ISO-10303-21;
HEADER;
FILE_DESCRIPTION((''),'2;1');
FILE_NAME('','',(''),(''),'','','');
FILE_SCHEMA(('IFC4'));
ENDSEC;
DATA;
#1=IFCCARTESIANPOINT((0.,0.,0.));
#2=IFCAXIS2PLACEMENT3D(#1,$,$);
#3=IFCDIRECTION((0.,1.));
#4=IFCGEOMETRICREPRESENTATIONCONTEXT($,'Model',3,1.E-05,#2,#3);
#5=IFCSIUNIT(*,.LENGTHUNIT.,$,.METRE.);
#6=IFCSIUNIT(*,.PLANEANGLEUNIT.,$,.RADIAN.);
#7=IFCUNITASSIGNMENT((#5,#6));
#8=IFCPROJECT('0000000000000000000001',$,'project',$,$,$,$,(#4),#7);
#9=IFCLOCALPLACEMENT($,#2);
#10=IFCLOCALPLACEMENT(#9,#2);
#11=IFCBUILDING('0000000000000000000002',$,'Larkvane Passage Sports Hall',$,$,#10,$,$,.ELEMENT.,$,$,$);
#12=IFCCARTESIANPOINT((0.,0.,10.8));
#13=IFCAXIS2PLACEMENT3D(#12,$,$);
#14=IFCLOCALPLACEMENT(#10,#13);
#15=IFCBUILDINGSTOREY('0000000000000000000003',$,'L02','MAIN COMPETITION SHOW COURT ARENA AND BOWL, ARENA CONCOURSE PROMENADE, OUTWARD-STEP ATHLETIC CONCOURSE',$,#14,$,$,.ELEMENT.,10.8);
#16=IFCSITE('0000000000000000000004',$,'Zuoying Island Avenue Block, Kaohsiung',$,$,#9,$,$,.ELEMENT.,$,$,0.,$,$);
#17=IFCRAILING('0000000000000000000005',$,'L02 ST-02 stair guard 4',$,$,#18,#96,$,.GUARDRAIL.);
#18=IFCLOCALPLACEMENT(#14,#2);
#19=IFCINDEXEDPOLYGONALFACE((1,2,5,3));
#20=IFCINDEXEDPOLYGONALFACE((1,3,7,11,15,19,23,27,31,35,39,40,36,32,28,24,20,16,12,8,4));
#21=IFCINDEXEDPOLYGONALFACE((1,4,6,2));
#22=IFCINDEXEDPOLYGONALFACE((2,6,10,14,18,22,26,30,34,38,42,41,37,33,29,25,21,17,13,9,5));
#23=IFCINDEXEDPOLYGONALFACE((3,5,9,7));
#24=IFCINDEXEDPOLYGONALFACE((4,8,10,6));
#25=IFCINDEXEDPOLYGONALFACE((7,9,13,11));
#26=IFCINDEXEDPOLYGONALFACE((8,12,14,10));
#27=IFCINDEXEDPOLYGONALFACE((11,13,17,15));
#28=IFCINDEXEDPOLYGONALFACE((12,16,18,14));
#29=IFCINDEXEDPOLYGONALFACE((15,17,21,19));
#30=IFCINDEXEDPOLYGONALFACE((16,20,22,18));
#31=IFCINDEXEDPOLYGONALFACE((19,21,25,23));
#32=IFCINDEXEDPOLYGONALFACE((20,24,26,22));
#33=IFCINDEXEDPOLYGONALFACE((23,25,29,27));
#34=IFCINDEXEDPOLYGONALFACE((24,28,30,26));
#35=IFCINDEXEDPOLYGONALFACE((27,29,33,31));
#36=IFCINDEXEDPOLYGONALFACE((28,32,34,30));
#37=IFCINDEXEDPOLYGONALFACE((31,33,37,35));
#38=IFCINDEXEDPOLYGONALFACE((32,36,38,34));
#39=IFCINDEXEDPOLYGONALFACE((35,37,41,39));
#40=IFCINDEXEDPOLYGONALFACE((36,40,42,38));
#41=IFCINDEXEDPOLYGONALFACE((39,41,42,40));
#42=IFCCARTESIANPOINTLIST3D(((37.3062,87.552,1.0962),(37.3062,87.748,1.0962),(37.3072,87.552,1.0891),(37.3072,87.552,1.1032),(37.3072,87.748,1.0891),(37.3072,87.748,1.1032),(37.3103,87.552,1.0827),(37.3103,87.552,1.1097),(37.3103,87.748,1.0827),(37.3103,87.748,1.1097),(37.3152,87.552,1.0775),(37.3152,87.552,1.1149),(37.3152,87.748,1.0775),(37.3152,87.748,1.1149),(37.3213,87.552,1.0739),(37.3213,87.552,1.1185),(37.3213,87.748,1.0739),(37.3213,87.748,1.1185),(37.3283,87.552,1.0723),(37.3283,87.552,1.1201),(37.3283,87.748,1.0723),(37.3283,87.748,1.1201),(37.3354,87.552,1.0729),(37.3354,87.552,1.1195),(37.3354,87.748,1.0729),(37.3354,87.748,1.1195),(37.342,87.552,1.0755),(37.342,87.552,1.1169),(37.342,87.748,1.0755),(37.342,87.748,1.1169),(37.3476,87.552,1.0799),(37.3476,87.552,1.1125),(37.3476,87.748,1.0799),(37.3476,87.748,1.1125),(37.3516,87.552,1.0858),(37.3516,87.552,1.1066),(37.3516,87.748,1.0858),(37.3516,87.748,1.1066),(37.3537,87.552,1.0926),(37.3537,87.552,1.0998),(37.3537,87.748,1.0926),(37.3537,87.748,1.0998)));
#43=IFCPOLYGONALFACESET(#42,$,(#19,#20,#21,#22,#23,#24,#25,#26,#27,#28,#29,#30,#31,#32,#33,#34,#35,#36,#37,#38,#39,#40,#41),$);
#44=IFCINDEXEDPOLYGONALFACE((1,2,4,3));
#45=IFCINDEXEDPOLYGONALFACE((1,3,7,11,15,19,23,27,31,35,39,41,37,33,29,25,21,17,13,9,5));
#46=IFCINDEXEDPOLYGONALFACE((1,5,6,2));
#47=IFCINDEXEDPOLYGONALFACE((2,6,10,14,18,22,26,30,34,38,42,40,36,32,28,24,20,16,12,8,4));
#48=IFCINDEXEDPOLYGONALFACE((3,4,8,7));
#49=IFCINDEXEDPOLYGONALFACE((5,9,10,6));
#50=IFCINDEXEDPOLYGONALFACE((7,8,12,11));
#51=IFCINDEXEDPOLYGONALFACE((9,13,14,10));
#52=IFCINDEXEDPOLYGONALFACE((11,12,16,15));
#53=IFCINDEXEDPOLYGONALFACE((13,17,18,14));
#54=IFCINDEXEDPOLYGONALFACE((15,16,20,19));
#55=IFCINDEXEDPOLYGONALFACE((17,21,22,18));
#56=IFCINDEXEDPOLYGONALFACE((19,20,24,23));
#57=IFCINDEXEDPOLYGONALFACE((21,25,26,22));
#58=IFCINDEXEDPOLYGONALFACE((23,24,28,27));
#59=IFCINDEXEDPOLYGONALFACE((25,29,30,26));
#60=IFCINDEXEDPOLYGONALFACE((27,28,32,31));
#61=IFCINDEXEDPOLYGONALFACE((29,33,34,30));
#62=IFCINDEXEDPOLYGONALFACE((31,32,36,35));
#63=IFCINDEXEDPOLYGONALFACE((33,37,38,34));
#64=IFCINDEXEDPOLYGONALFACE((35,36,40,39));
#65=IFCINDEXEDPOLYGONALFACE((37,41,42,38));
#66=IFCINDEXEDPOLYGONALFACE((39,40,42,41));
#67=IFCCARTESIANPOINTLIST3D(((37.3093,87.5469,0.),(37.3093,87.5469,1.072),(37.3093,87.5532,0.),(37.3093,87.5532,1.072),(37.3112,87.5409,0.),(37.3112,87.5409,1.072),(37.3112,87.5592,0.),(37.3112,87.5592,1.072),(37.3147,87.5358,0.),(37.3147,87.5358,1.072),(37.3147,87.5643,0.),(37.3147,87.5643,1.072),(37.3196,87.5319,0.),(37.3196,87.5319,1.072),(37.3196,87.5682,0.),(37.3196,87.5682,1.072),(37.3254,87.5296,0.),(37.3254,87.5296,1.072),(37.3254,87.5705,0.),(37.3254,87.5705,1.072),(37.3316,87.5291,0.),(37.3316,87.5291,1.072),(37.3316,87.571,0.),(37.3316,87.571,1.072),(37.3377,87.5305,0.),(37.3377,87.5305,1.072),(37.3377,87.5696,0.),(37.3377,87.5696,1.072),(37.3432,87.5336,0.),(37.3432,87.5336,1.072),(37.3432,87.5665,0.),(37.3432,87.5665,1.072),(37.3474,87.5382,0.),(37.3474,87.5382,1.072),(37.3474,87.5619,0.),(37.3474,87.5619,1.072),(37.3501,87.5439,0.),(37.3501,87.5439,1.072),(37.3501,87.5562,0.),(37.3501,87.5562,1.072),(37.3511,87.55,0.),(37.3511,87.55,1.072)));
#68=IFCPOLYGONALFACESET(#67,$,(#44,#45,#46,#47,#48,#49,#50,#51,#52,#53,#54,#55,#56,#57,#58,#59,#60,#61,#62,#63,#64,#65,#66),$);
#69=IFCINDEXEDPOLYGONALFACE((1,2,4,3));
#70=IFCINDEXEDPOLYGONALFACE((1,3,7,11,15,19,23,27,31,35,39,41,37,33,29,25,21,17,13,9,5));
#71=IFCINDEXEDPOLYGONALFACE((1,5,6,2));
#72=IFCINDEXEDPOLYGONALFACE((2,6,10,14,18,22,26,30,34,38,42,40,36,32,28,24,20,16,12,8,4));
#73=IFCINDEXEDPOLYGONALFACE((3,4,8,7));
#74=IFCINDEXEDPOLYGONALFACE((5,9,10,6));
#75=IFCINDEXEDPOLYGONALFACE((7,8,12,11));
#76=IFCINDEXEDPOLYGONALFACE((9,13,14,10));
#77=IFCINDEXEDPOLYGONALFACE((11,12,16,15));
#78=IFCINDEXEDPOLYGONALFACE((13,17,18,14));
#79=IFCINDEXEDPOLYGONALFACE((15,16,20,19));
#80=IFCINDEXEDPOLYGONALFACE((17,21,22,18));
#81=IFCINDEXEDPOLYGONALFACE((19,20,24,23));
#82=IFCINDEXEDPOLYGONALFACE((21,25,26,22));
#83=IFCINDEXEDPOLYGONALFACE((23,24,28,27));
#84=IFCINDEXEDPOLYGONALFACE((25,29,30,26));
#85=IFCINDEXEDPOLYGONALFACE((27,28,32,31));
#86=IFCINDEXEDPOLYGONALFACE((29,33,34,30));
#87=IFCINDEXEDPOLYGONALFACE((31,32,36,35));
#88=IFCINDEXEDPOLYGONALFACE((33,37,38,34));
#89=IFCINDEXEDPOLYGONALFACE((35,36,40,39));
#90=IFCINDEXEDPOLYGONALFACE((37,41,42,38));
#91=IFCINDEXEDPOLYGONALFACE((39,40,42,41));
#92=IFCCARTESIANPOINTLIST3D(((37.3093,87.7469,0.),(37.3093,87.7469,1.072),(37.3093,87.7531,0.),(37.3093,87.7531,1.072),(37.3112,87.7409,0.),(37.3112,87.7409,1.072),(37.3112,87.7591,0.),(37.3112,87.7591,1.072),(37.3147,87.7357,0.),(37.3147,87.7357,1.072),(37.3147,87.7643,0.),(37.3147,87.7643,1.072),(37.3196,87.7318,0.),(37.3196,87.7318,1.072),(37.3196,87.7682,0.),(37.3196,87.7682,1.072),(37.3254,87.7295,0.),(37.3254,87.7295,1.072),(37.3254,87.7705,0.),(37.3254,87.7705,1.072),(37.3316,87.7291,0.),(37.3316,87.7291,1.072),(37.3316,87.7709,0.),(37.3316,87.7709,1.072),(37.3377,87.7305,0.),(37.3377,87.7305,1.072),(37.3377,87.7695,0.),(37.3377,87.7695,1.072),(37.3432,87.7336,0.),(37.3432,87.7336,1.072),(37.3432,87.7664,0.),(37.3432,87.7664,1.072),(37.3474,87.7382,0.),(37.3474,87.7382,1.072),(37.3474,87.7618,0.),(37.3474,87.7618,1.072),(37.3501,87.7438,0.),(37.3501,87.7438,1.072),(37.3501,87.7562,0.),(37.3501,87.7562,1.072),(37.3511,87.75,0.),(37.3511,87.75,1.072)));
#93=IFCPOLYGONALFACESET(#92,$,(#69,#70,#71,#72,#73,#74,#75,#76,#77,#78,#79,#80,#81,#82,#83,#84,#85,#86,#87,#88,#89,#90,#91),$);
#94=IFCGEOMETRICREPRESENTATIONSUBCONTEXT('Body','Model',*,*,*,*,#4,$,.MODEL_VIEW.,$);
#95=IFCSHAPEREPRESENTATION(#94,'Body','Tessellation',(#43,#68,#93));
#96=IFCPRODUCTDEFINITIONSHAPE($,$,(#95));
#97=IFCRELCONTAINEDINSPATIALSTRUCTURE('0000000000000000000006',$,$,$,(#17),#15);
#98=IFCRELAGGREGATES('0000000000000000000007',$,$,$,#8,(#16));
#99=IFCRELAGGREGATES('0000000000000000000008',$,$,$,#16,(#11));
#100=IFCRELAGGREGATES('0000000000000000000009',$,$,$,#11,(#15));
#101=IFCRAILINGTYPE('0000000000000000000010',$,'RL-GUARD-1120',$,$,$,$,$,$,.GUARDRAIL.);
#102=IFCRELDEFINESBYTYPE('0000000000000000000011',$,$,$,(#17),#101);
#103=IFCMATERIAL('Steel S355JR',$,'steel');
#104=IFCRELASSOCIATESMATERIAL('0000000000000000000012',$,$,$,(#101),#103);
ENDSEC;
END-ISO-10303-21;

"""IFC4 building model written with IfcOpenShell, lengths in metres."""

from ifc_helpers import new_model, si_unit, direction, frame, origin, origin_2d, place, context, subcontext, project, spatial, circle, extrude, material, type_object, element, save


model = new_model("IFC4")

# Units and contexts
model_context = context("Model", 3, precision=1e-05, world=origin(), true_north=direction((0.0, 1.0)))
body_context = subcontext(model_context, "Body", "Model", "MODEL_VIEW")
ifc_project = project(units=[si_unit("LENGTHUNIT", "METRE"), si_unit("PLANEANGLEUNIT", "RADIAN")], contexts=[model_context])

# Site, building, storey
site_placement = place(None, origin())
site = spatial("IfcSite", under=ifc_project, at=site_placement, Name="Zuoying Island Avenue Block, Kaohsiung", CompositionType="ELEMENT", RefElevation=0.0)
building_placement = place(site_placement, origin())
building = spatial("IfcBuilding", under=site, at=building_placement, Name="Larkvane Passage Sports Hall", CompositionType="ELEMENT")
storey_placement = place(building_placement, frame((0.0, 0.0, 10.8)))
storey = spatial("IfcBuildingStorey", under=building, at=storey_placement, Name="L02", Description="MAIN COMPETITION SHOW COURT ARENA AND BOWL, ARENA CONCOURSE PROMENADE, OUTWARD-STEP ATHLETIC CONCOURSE", CompositionType="ELEMENT", Elevation=10.8)

# Shared definitions
ifc_material_1 = material(Name="Steel S355JR", Category="steel")

# Railing
railing_type_1 = type_object("IfcRailingType", Name="RL-GUARD-1120", PredefinedType="GUARDRAIL", material=ifc_material_1)
railing_1_placement = place(storey_placement, frame((37.3301, 87.55, 0.0)))
element("IfcRailing", 1, at=railing_1_placement, inside=storey, type_object=railing_type_1, Name="L02 ST-02 stair guard 4", PredefinedType="GUARDRAIL", context=body_context, shape_type="SweptSolid", body=[
    extrude(circle(Radius=0.0239, at=origin_2d()), frame((0.0, 0.002, 1.0962), z_axis=(0.0, 1.0, 0.0), x_axis=(-1.0, 0.0, 0.0)), (0.0, 0.0, 1.0), 0.196),
    extrude(circle(Radius=0.021, at=origin_2d()), origin(), (0.0, 0.0, 1.0), 1.072),
    extrude(circle(Radius=0.021, at=origin_2d()), frame((0.0, 0.2, 0.0)), (0.0, 0.0, 1.0), 1.072),
])

save(model, "model.ifc")
